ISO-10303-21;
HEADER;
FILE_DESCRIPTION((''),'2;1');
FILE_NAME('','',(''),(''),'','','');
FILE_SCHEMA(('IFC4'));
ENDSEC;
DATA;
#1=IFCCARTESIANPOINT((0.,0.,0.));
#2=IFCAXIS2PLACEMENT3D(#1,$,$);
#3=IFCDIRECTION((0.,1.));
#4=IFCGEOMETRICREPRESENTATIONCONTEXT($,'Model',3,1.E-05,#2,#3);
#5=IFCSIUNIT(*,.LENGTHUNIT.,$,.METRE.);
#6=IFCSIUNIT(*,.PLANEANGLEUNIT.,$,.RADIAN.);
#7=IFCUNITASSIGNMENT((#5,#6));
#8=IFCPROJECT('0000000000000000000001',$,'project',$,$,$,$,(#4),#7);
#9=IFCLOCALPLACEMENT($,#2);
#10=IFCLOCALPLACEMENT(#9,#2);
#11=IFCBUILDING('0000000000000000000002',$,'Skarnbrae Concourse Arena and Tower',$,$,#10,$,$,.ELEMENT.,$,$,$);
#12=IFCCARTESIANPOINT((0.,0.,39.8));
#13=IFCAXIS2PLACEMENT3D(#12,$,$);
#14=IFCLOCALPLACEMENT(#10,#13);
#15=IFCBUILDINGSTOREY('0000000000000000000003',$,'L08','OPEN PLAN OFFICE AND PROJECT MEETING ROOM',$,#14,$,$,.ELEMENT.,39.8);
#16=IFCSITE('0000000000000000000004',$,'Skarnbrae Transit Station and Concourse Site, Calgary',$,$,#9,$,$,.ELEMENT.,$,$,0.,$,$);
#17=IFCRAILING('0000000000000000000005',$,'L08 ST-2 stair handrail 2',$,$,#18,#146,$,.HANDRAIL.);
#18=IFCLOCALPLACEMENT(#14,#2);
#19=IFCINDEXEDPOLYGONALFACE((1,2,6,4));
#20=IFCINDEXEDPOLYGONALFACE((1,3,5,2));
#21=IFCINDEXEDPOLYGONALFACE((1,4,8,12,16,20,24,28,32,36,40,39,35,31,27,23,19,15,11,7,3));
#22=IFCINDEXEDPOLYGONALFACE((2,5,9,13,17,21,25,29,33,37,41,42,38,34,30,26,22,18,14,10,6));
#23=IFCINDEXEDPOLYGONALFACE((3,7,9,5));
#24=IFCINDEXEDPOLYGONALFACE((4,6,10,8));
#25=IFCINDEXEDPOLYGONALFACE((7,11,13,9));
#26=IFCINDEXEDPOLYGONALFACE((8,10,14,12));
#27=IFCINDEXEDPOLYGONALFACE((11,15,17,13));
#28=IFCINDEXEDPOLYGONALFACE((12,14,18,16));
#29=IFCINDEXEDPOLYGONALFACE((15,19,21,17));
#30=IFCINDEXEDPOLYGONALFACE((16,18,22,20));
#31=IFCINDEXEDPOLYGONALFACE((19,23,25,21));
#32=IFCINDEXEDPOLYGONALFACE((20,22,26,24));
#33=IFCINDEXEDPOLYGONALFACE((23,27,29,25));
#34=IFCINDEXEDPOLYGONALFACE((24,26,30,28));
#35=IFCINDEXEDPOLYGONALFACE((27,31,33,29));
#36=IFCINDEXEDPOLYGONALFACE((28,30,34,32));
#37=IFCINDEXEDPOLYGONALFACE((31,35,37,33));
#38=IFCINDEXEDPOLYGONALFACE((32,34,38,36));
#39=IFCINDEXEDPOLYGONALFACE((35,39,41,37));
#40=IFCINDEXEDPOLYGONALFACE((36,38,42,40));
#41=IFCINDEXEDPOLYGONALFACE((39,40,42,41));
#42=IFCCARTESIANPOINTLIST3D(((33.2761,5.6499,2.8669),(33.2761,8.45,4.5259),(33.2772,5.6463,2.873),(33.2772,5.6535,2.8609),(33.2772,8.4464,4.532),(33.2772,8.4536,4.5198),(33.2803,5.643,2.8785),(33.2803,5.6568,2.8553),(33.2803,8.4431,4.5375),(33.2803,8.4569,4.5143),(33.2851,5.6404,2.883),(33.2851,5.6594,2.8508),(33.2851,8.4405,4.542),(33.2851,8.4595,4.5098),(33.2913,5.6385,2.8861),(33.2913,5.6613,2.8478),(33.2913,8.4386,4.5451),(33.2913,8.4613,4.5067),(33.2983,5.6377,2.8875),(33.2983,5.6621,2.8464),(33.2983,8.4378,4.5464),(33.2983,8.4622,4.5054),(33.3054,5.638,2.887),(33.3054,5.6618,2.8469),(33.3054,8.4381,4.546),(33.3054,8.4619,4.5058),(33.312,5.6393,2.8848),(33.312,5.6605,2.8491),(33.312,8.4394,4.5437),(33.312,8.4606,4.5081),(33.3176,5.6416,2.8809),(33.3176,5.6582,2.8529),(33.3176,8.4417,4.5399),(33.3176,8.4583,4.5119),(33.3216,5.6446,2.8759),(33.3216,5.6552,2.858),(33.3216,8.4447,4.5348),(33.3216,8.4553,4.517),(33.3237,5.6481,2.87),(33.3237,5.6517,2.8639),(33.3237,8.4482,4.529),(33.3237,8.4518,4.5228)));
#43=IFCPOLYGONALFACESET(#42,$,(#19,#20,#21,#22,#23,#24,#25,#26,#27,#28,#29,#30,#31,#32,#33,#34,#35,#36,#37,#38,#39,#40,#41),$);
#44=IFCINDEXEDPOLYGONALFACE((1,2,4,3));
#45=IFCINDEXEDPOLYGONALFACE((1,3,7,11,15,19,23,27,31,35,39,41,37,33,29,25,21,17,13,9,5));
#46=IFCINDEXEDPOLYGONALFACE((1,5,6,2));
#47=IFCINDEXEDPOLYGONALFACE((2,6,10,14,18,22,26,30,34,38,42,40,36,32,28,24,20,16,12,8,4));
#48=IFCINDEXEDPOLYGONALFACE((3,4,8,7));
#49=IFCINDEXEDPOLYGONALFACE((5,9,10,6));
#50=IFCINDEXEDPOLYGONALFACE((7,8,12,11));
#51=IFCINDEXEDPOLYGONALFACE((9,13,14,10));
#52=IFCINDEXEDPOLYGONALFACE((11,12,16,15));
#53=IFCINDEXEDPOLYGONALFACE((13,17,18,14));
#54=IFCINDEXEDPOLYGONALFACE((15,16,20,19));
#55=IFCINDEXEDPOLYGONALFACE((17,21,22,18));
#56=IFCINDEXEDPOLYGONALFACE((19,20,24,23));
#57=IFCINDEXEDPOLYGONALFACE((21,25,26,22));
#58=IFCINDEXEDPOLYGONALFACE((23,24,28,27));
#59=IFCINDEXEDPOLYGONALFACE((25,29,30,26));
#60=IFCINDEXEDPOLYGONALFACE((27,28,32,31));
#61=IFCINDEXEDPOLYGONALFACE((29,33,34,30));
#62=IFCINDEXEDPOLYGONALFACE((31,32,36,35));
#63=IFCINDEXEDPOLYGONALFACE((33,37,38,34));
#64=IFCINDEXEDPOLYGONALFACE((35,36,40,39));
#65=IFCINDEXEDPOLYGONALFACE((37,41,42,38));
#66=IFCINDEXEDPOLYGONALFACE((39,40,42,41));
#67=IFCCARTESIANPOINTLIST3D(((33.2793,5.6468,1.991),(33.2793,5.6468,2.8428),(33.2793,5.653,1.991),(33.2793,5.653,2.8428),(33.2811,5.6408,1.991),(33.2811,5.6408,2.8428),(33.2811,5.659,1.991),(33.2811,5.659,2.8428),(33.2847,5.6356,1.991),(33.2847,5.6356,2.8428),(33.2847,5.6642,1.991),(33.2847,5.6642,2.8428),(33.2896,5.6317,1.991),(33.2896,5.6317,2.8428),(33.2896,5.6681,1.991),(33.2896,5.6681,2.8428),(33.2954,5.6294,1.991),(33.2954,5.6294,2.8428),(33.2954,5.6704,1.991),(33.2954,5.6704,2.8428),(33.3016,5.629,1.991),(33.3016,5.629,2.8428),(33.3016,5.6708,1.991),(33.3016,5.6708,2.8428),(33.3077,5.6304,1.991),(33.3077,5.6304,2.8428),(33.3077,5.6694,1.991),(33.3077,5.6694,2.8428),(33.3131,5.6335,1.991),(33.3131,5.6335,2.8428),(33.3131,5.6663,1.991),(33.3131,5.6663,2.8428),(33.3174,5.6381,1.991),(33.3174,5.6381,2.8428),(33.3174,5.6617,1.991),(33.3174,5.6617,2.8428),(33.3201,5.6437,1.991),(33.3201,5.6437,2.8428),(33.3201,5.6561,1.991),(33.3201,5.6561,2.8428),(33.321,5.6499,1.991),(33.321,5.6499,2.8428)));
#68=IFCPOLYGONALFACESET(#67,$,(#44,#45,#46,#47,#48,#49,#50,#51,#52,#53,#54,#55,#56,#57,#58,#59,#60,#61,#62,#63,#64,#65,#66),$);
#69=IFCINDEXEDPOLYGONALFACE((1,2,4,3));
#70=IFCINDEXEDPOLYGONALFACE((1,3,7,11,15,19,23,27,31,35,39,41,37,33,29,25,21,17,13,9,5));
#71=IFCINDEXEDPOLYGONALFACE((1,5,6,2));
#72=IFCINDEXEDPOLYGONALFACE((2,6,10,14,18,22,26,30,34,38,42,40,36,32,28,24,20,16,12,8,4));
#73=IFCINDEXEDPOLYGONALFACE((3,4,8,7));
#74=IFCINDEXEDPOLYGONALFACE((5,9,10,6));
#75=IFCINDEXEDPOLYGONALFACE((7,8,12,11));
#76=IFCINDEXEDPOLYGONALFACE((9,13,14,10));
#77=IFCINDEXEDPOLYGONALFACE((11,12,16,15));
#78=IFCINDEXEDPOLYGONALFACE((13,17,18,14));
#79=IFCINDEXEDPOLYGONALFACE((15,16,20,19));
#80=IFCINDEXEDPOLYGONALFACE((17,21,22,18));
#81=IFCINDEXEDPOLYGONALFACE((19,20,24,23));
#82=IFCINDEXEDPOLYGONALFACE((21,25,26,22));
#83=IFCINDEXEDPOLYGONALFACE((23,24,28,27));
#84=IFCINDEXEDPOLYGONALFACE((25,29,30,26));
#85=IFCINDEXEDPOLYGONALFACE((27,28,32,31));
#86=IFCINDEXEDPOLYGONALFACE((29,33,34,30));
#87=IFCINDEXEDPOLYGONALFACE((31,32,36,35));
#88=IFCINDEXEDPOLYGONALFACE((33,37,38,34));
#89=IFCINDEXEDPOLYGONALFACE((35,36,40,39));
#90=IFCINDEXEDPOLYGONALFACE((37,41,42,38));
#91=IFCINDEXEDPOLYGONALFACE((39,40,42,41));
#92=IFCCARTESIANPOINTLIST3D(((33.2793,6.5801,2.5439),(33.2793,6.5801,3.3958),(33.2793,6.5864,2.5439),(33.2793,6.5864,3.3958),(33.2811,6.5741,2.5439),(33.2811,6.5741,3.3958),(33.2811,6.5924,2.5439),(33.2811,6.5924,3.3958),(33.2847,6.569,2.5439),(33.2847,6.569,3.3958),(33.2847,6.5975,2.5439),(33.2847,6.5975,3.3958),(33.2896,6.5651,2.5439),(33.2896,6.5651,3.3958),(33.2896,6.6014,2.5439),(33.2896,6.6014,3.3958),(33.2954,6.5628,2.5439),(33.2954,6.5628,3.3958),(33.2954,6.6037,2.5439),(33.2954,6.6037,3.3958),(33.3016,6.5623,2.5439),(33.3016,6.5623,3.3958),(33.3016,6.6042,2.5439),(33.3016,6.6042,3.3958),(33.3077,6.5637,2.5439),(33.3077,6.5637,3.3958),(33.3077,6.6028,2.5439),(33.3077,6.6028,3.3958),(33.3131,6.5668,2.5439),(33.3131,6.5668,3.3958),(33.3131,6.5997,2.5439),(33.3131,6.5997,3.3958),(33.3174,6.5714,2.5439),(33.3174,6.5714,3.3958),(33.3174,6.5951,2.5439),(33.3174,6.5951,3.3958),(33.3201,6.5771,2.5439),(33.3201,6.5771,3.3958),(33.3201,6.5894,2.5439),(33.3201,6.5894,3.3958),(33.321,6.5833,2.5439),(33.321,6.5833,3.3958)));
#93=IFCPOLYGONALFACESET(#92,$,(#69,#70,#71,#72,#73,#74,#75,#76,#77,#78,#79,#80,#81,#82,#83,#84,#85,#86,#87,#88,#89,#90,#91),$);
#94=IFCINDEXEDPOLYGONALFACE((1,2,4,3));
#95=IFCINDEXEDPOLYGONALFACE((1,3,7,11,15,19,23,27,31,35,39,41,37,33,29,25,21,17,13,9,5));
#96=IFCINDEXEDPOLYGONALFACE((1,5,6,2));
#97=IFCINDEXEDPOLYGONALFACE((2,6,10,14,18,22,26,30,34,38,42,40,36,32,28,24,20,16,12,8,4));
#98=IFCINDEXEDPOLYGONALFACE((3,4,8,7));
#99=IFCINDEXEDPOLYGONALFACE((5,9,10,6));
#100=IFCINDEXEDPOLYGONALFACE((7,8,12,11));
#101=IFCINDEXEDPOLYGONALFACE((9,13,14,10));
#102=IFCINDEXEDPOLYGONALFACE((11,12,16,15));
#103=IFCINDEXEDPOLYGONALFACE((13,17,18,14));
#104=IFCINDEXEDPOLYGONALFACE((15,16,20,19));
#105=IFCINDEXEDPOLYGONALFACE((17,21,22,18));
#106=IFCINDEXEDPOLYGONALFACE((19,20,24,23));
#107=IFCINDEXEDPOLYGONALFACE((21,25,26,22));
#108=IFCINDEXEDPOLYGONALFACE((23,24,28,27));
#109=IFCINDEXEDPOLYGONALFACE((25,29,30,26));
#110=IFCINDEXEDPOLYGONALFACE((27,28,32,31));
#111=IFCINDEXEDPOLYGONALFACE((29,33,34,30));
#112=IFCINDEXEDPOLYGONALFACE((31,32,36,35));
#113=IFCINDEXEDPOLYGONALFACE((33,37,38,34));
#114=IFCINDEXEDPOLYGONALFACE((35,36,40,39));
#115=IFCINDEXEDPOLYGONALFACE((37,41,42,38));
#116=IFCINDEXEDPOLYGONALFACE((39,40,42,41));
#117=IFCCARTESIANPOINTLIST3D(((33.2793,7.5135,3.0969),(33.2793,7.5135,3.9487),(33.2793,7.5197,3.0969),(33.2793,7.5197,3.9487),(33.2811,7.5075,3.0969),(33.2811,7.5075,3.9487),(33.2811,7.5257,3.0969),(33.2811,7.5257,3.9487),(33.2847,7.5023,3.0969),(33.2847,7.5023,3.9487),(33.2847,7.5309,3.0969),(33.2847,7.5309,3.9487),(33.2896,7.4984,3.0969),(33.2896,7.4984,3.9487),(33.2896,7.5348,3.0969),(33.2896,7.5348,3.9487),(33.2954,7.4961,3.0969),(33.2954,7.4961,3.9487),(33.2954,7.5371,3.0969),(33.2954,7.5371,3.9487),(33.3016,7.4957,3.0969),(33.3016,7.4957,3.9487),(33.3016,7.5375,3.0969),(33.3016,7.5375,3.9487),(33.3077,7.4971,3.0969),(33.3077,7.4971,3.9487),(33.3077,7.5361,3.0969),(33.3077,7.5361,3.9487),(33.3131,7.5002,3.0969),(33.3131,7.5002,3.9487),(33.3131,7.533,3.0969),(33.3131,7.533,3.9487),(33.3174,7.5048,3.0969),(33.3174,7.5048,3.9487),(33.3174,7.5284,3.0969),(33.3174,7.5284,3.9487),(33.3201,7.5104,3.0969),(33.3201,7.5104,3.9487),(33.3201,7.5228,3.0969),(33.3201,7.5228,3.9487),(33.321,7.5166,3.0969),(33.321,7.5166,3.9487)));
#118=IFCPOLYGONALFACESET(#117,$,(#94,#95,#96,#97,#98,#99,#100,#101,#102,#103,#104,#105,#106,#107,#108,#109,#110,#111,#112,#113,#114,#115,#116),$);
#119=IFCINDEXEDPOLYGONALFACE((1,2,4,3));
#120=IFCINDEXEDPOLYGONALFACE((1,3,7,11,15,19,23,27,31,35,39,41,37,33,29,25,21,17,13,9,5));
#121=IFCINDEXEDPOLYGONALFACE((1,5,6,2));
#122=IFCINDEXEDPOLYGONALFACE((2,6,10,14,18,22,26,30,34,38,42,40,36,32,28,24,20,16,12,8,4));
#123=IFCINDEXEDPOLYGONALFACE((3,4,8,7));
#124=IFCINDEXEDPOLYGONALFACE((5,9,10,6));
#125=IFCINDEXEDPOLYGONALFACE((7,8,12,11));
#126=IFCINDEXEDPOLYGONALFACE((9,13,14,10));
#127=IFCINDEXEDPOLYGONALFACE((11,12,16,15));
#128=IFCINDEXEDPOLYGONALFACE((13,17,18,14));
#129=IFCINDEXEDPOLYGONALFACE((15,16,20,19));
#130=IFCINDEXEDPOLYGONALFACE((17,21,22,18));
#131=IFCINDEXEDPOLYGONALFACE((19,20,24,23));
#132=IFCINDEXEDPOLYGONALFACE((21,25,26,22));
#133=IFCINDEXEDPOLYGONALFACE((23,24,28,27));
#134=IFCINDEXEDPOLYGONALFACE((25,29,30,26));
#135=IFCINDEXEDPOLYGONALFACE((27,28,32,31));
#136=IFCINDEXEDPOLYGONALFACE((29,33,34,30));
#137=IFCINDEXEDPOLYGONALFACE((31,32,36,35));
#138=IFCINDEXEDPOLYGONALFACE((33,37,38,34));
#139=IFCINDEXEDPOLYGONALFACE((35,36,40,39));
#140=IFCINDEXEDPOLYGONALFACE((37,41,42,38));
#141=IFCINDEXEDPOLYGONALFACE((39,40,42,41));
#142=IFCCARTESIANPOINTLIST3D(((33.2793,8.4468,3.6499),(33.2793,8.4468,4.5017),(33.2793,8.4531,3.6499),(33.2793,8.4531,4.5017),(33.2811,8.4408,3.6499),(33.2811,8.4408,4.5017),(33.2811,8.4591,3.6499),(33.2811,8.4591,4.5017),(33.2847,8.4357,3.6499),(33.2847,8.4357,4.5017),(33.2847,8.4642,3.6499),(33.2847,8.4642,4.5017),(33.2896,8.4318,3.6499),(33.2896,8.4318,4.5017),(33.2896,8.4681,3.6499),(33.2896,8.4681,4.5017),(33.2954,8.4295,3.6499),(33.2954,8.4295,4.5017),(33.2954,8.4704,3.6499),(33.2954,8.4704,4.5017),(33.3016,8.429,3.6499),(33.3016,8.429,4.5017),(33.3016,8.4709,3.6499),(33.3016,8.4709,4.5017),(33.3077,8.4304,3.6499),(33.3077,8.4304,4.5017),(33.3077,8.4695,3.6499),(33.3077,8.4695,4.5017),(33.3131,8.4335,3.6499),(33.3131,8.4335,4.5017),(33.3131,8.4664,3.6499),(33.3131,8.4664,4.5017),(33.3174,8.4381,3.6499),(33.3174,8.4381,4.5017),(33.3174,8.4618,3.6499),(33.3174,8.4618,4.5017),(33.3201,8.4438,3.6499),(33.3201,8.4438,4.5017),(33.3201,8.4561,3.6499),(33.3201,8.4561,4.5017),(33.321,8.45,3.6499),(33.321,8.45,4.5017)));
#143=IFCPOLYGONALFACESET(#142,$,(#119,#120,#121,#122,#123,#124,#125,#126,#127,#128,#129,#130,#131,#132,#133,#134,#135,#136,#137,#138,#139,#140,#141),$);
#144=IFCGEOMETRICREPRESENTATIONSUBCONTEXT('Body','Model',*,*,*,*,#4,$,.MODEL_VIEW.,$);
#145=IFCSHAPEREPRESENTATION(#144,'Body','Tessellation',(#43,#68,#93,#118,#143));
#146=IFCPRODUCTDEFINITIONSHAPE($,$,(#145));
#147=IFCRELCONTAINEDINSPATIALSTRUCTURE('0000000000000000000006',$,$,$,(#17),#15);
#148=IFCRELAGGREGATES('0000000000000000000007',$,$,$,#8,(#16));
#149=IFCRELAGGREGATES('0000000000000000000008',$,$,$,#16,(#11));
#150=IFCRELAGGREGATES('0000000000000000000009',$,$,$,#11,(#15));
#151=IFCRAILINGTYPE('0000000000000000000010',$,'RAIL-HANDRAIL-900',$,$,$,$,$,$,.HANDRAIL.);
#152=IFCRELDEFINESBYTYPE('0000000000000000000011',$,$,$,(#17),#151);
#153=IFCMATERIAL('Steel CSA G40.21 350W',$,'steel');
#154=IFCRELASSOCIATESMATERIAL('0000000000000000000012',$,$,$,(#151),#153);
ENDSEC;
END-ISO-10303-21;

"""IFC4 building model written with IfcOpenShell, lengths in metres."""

from ifc_helpers import new_model, si_unit, direction, frame, origin, origin_2d, place, context, subcontext, project, spatial, circle, extrude, material, type_object, element, save


model = new_model("IFC4")

# Units and contexts
model_context = context("Model", 3, precision=1e-05, world=origin(), true_north=direction((0.0, 1.0)))
body_context = subcontext(model_context, "Body", "Model", "MODEL_VIEW")
ifc_project = project(units=[si_unit("LENGTHUNIT", "METRE"), si_unit("PLANEANGLEUNIT", "RADIAN")], contexts=[model_context])

# Site, building, storey
site_placement = place(None, origin())
site = spatial("IfcSite", under=ifc_project, at=site_placement, Name="Skarnbrae Transit Station and Concourse Site, Calgary", CompositionType="ELEMENT", RefElevation=0.0)
building_placement = place(site_placement, origin())
building = spatial("IfcBuilding", under=site, at=building_placement, Name="Skarnbrae Concourse Arena and Tower", CompositionType="ELEMENT")
storey_placement = place(building_placement, frame((0.0, 0.0, 39.8)))
storey = spatial("IfcBuildingStorey", under=building, at=storey_placement, Name="L08", Description="OPEN PLAN OFFICE AND PROJECT MEETING ROOM", CompositionType="ELEMENT", Elevation=39.8)

# Shared definitions
ifc_material_1 = material(Name="Steel CSA G40.21 350W", Category="steel")

# Railing
railing_type_1 = type_object("IfcRailingType", Name="RAIL-HANDRAIL-900", PredefinedType="HANDRAIL", material=ifc_material_1)
railing_1_placement = place(storey_placement, frame((33.3, 5.6499, 1.991)))
element("IfcRailing", 1, at=railing_1_placement, inside=storey, type_object=railing_type_1, Name="L08 ST-2 stair handrail 2", PredefinedType="HANDRAIL", context=body_context, shape_type="SweptSolid", body=[
    extrude(circle(Radius=0.0239, at=origin_2d()), frame((0.0, 0.0, 0.876), z_axis=(0.0, 0.860339, 0.509722), x_axis=(-1.0, 0.0, 0.0)), (0.0, 0.0, 1.0), 3.2546),
    extrude(circle(Radius=0.021, at=origin_2d()), origin(), (0.0, 0.0, 1.0), 0.8518),
    extrude(circle(Radius=0.021, at=origin_2d()), frame((0.0, 0.9333, 0.553)), (0.0, 0.0, 1.0), 0.8518),
    extrude(circle(Radius=0.021, at=origin_2d()), frame((0.0, 1.8667, 1.106)), (0.0, 0.0, 1.0), 0.8518),
    extrude(circle(Radius=0.021, at=origin_2d()), frame((0.0, 2.8, 1.6589)), (0.0, 0.0, 1.0), 0.8518),
])

save(model, "model.ifc")
